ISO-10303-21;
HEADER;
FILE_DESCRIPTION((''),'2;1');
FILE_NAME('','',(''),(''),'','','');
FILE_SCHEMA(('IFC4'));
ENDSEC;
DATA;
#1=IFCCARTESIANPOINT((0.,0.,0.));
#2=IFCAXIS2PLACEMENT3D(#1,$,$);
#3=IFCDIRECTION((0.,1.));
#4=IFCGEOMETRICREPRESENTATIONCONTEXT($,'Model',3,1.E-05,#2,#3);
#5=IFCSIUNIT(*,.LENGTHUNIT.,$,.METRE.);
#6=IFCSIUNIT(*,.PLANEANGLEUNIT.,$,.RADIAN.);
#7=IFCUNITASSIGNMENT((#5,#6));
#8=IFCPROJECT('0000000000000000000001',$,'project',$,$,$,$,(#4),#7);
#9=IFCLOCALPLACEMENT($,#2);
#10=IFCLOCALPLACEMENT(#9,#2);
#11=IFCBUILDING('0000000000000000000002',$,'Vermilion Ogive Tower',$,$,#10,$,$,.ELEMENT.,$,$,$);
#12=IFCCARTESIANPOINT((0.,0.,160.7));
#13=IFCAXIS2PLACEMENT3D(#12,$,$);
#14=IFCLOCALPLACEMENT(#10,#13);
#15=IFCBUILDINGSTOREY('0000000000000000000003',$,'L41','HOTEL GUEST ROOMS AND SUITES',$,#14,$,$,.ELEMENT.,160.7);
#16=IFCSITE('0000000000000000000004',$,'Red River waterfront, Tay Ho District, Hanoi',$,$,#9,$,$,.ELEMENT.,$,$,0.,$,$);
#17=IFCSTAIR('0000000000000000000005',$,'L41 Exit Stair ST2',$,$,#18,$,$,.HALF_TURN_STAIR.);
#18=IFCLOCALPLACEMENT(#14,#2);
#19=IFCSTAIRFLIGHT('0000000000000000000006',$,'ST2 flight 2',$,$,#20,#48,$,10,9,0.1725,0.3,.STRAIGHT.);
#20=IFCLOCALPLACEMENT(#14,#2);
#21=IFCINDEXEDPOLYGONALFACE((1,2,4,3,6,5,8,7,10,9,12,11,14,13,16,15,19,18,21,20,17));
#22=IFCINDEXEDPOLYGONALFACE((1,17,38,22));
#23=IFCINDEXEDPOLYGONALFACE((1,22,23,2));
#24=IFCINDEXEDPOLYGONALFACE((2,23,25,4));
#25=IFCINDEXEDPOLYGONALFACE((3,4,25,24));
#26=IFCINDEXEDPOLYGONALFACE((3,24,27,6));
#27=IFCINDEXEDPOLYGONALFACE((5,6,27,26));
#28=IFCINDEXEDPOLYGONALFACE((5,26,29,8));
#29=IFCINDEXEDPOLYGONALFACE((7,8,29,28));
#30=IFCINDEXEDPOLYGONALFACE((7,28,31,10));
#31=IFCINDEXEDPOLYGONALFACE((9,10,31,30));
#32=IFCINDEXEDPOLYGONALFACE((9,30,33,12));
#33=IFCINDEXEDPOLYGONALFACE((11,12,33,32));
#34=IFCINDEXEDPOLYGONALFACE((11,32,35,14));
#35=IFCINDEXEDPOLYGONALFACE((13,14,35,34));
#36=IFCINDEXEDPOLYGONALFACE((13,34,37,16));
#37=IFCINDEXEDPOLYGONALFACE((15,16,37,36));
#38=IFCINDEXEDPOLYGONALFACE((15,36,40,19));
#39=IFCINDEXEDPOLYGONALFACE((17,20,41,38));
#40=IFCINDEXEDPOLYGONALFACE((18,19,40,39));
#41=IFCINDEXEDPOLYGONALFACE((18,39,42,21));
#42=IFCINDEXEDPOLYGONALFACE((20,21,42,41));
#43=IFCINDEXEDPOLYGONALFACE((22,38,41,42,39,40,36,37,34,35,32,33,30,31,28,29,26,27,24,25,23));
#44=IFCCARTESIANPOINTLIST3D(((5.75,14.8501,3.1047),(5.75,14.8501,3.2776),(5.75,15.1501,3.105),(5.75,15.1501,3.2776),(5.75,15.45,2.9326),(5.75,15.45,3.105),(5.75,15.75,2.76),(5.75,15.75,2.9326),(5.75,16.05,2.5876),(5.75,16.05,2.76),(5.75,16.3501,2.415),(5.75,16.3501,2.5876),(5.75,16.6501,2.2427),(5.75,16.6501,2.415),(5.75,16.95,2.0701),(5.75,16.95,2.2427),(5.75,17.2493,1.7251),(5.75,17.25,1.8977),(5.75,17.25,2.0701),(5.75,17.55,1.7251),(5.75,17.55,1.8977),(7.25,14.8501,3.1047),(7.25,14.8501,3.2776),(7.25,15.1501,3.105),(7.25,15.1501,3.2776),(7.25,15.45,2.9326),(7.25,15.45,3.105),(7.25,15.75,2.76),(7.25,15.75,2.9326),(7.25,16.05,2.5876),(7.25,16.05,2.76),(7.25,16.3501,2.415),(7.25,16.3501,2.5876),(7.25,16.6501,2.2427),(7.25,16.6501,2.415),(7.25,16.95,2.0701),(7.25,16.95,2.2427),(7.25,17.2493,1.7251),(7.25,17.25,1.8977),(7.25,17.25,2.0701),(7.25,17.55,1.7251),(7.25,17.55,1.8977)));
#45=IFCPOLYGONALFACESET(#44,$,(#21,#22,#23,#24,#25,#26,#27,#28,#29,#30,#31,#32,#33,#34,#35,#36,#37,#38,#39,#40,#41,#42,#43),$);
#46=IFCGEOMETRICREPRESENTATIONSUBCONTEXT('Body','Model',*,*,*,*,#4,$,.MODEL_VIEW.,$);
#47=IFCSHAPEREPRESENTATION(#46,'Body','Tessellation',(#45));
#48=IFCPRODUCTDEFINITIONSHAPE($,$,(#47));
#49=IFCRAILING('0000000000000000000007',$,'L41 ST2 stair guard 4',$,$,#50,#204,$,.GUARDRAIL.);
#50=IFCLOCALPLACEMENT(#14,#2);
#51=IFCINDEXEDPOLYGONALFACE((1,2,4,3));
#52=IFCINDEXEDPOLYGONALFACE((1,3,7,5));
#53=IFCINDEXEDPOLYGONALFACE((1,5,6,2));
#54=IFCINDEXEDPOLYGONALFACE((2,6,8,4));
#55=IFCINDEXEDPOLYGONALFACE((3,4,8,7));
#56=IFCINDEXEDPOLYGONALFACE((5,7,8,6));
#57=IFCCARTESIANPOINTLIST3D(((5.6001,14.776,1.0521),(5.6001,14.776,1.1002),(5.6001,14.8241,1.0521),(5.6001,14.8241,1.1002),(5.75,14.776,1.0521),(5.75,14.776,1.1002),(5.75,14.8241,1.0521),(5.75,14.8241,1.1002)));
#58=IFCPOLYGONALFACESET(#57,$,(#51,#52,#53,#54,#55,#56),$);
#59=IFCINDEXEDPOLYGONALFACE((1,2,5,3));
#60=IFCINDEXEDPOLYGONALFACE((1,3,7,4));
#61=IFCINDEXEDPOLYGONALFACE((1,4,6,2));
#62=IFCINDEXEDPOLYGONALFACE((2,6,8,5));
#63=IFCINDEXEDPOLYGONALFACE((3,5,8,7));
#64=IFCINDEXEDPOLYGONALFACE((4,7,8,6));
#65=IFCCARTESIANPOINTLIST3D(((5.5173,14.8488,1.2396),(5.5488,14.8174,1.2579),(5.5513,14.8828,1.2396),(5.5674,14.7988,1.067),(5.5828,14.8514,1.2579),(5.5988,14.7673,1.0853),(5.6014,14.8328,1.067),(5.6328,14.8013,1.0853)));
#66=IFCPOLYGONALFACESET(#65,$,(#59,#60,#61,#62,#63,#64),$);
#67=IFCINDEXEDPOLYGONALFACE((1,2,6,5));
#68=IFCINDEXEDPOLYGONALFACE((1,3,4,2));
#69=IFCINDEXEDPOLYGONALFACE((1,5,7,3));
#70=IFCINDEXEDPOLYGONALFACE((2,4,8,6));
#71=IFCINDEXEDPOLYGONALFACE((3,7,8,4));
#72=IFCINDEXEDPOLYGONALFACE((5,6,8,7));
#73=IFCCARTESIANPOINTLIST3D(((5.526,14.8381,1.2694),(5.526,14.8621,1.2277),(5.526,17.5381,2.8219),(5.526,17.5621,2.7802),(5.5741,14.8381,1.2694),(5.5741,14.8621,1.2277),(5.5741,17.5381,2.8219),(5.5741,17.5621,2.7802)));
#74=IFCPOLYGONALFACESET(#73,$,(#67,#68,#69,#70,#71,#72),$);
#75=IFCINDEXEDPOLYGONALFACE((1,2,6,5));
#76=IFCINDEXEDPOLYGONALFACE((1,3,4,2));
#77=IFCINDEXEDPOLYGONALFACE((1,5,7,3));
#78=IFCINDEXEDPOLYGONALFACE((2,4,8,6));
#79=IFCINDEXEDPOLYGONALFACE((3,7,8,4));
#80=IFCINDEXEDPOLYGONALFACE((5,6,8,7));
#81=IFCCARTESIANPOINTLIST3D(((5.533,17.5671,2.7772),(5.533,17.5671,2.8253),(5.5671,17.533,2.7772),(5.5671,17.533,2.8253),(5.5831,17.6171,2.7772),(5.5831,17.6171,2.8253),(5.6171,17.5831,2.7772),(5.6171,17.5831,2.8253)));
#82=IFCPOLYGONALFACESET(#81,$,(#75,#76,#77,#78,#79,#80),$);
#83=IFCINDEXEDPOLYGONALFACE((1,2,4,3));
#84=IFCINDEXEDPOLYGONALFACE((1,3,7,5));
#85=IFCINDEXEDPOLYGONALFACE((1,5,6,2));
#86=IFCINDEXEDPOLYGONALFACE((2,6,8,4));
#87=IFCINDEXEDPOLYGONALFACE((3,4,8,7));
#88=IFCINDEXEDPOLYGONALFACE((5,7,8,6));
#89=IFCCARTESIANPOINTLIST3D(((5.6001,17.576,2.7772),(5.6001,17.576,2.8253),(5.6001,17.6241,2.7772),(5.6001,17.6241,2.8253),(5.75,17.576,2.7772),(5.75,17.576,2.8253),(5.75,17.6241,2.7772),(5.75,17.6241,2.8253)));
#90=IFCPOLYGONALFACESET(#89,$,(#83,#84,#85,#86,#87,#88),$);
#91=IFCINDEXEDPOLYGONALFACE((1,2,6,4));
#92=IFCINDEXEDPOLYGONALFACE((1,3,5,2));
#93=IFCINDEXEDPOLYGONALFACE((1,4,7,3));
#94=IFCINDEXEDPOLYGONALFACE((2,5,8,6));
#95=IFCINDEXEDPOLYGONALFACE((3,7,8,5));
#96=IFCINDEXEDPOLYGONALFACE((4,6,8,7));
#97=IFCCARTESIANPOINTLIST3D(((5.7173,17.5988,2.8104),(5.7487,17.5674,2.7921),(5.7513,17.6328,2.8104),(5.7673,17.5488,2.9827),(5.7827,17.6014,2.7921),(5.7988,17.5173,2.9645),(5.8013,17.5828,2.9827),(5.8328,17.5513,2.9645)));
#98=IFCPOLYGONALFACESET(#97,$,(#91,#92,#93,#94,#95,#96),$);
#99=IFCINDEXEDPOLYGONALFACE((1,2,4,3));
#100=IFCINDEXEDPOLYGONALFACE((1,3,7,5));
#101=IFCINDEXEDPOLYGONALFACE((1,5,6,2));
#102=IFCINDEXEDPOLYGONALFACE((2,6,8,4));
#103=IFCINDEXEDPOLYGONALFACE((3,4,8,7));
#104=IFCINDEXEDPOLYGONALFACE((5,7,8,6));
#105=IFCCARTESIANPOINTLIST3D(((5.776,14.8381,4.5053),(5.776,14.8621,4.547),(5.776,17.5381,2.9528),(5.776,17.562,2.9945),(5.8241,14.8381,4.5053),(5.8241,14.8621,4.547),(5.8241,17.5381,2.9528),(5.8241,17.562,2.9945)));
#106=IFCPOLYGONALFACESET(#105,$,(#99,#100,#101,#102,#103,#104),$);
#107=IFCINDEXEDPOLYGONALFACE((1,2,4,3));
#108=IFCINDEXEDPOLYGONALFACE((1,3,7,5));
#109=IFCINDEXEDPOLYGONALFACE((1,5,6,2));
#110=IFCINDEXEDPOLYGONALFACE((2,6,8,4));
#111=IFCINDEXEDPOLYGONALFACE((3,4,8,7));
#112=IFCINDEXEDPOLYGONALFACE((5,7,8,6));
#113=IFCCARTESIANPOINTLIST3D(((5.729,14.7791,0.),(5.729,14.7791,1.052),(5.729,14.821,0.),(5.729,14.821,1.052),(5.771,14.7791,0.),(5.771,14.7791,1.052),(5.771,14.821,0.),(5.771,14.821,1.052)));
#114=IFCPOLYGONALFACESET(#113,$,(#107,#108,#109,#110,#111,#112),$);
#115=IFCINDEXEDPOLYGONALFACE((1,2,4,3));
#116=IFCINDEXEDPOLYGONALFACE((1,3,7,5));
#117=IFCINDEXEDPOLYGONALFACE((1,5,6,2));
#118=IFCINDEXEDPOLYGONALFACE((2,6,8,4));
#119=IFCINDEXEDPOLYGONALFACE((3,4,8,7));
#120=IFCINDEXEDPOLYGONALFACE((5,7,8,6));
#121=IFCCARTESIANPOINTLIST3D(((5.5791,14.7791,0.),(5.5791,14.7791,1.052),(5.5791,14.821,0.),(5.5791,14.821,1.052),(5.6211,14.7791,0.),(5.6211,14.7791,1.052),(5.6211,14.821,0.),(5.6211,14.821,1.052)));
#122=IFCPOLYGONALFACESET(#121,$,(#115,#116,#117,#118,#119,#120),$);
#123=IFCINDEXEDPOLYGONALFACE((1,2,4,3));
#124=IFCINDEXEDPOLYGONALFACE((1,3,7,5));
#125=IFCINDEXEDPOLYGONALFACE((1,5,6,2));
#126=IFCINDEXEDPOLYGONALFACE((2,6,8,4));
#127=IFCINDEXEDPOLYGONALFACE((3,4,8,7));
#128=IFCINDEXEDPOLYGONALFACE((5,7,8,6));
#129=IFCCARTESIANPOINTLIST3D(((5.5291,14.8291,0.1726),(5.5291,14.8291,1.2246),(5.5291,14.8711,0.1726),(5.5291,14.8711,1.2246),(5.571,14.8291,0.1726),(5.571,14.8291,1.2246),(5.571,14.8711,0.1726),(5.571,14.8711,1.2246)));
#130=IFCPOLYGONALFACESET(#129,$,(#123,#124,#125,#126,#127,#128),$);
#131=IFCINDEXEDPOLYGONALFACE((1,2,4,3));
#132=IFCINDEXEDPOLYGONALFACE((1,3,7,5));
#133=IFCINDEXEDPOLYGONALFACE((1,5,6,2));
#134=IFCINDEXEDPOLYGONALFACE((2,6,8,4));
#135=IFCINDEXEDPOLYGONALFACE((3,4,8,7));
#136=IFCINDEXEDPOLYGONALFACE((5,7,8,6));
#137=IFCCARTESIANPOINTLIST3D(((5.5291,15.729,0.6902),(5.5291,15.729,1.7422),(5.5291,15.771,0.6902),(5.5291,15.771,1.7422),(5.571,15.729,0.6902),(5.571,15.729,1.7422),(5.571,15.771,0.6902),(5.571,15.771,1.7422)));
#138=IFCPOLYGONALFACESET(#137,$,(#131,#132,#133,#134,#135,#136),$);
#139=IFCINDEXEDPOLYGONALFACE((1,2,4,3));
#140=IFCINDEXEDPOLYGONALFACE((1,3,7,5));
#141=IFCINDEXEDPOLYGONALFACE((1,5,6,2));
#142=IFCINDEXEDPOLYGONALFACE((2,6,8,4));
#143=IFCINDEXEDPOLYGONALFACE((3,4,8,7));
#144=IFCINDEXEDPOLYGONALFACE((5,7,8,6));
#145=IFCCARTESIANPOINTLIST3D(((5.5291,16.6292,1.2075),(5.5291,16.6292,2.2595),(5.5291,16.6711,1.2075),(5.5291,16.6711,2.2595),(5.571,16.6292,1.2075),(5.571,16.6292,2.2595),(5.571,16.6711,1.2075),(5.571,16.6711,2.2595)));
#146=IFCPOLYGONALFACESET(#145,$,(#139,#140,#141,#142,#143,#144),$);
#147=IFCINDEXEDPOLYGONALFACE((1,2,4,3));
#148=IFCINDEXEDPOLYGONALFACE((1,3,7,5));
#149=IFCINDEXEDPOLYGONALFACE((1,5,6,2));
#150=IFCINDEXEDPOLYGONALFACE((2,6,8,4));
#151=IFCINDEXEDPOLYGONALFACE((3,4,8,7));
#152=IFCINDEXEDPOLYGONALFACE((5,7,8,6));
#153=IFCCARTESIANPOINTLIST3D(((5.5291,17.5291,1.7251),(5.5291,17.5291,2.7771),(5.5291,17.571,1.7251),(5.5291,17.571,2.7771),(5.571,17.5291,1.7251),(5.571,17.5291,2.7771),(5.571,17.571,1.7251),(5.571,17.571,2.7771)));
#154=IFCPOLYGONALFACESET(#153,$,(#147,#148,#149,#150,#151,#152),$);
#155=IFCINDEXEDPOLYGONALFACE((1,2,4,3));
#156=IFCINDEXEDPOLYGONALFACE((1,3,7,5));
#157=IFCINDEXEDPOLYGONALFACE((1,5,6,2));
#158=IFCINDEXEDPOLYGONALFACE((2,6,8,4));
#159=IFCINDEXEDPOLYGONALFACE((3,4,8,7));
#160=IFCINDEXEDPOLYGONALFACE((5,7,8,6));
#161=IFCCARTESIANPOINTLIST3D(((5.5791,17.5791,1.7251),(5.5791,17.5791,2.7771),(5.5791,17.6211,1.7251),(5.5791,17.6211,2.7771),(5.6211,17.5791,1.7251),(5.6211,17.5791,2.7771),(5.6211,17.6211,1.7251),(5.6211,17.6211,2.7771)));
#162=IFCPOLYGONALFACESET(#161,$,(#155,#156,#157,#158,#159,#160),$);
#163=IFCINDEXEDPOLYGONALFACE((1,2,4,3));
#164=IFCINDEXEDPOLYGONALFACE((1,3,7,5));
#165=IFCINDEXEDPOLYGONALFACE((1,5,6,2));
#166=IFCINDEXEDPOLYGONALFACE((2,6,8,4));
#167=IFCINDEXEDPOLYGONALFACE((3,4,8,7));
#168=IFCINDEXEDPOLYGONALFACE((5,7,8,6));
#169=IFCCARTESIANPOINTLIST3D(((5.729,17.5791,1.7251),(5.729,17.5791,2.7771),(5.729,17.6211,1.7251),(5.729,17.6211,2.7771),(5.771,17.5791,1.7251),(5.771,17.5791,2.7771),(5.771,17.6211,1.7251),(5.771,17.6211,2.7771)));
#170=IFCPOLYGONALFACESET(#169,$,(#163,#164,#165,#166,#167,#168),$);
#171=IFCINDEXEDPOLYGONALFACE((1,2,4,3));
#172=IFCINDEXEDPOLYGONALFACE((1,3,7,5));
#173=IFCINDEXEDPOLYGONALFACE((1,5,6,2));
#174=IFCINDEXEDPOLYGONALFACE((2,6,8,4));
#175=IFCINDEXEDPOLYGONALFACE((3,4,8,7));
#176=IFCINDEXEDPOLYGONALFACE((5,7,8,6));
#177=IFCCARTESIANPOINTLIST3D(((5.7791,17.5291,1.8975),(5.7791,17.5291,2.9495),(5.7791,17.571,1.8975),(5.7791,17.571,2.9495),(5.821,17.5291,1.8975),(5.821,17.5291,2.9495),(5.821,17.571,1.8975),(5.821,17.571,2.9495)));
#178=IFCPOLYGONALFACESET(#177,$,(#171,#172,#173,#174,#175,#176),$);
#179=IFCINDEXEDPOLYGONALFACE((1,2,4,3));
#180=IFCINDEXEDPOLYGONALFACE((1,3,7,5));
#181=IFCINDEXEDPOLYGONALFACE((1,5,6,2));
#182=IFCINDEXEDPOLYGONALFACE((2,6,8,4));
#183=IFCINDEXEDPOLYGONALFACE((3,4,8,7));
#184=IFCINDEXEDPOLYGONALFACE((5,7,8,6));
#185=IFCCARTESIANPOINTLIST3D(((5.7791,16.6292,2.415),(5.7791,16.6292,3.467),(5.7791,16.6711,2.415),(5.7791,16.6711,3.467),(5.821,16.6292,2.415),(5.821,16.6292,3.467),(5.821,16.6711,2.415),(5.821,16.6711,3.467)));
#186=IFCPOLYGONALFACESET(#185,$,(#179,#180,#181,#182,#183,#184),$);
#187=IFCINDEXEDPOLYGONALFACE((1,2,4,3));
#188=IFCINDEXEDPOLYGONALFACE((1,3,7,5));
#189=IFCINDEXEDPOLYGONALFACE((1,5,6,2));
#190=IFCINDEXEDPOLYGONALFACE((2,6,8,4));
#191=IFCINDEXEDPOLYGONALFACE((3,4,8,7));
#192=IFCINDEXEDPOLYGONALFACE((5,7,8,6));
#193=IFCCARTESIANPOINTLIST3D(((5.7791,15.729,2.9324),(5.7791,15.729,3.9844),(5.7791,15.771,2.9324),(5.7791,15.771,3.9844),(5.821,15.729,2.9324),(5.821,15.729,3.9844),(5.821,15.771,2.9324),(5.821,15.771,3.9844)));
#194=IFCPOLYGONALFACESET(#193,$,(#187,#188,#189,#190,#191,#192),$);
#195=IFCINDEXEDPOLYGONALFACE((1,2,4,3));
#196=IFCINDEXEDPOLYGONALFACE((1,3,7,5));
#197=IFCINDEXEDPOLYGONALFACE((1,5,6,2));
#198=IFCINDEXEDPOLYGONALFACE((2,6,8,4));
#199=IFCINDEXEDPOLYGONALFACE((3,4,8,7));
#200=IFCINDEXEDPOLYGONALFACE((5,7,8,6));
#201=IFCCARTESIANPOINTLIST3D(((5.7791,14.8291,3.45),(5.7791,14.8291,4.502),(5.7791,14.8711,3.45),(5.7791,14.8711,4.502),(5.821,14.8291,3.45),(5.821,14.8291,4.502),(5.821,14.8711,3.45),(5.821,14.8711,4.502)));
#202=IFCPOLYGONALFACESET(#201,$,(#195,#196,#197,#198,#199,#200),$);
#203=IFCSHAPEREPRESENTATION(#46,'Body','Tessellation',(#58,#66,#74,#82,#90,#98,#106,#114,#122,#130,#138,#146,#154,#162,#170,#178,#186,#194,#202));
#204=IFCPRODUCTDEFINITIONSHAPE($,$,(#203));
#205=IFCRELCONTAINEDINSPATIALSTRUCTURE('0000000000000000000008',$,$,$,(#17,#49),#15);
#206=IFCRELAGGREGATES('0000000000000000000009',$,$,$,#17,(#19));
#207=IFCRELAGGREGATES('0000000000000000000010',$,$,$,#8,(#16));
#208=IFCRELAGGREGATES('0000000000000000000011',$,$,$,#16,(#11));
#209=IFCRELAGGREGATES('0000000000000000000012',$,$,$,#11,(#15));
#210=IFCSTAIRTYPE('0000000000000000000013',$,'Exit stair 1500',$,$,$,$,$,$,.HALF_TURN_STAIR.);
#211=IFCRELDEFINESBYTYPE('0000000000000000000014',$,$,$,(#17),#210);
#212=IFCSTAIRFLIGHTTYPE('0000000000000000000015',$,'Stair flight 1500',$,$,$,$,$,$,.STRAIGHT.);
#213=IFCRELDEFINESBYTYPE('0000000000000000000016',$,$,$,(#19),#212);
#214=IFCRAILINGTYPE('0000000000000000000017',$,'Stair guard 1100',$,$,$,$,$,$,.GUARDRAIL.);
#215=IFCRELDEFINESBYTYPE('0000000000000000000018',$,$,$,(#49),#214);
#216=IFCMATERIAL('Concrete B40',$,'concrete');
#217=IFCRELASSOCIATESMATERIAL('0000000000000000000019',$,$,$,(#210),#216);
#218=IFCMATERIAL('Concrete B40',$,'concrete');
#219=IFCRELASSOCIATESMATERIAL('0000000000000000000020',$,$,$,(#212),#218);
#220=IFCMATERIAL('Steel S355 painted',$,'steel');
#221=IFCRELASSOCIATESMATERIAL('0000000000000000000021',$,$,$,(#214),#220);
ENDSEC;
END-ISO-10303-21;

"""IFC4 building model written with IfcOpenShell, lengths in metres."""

from ifc_helpers import new_model, si_unit, direction, frame, origin, origin_2d, place, context, subcontext, project, spatial, polyline, rectangle, outline, extrude, material, type_object, element, aggregate, save


model = new_model("IFC4")

# Units and contexts
model_context = context("Model", 3, precision=1e-05, world=origin(), true_north=direction((0.0, 1.0)))
body_context = subcontext(model_context, "Body", "Model", "MODEL_VIEW")
ifc_project = project(units=[si_unit("LENGTHUNIT", "METRE"), si_unit("PLANEANGLEUNIT", "RADIAN")], contexts=[model_context])

# Site, building, storey
site_placement = place(None, origin())
site = spatial("IfcSite", under=ifc_project, at=site_placement, Name="Red River waterfront, Tay Ho District, Hanoi", CompositionType="ELEMENT", RefElevation=0.0)
building_placement = place(site_placement, origin())
building = spatial("IfcBuilding", under=site, at=building_placement, Name="Vermilion Ogive Tower", CompositionType="ELEMENT")
storey_placement = place(building_placement, frame((0.0, 0.0, 160.7)))
storey = spatial("IfcBuildingStorey", under=building, at=storey_placement, Name="L41", Description="HOTEL GUEST ROOMS AND SUITES", CompositionType="ELEMENT", Elevation=160.7)

# Stair, stair flight
ifc_material_1 = material(Name="Concrete B40", Category="concrete")
stair_type = type_object("IfcStairType", Name="Exit stair 1500", PredefinedType="HALF_TURN_STAIR", material=ifc_material_1)
stair_placement = place(storey_placement, origin())
stair = element("IfcStair", 1, at=stair_placement, inside=storey, type_object=stair_type, Name="L41 Exit Stair ST2", PredefinedType="HALF_TURN_STAIR")
ifc_material_2 = material(Name="Concrete B40", Category="concrete")
stair_flight_type = type_object("IfcStairFlightType", Name="Stair flight 1500", PredefinedType="STRAIGHT", material=ifc_material_2)
stair_flight_1_placement = place(storey_placement, frame((6.5, 17.55, 1.7251), z_axis=(0.0, 0.0, 1.0), x_axis=(0.0, -1.0, 0.0)))
stair_flight_1 = element("IfcStairFlight", 2, at=stair_flight_1_placement, type_object=stair_flight_type, Name="ST2 flight 2", NumberOfRisers=10, NumberOfTreads=9, PredefinedType="STRAIGHT", RiserHeight=0.1725, TreadLength=0.3, context=body_context, shape_type="SweptSolid", body=[
    extrude(outline(polyline([(0.0, 0.0), (0.0, 0.1726), (0.3, 0.1726), (0.3, 0.345), (0.6001, 0.345), (0.6001, 0.5176), (0.8999, 0.5176), (0.8999, 0.6899), (1.2, 0.6899), (1.2, 0.8625), (1.5, 0.8625), (1.5, 1.0349), (1.8, 1.0349), (1.8, 1.2075), (2.1001, 1.2075), (2.1001, 1.3799), (2.3999, 1.3799), (2.3999, 1.5525), (2.7, 1.5525), (2.7, 1.7251), (2.7, 1.3796), (0.3008, 0.0), (0.0, 0.0)])), frame((0.0, 0.75, 0.0), z_axis=(0.0, -1.0, 0.0), x_axis=(1.0, 0.0, 0.0)), (0.0, 0.0, 1.0), 1.5),
])
aggregate(stair, [stair_flight_1])

# Railing
ifc_material_3 = material(Name="Steel S355 painted", Category="steel")
railing_type_1 = type_object("IfcRailingType", Name="Stair guard 1100", PredefinedType="GUARDRAIL", material=ifc_material_3)
railing_1_placement = place(storey_placement, frame((5.75, 14.8, 0.0)))
element("IfcRailing", 3, at=railing_1_placement, inside=storey, type_object=railing_type_1, Name="L41 ST2 stair guard 4", PredefinedType="GUARDRAIL", context=body_context, shape_type="SweptSolid", body=[
    extrude(rectangle(XDim=0.0481, YDim=0.0481, at=origin_2d()), frame((0.0, 0.0, 1.0762), z_axis=(-1.0, 0.0, 0.0), x_axis=(0.0, -1.0, 0.0)), (0.0, 0.0, 1.0), 0.1499),
    extrude(rectangle(XDim=0.0481, YDim=0.0481, at=origin_2d()), frame((-0.1499, 0.0, 1.0762), z_axis=(-0.268278, 0.268278, 0.925232), x_axis=(-0.707107, -0.707107, 0.0)), (0.0, 0.0, 1.0), 0.1865),
    extrude(rectangle(XDim=0.0481, YDim=0.0481, at=origin_2d()), frame((-0.2, 0.05, 1.2485), z_axis=(0.0, 0.866904, 0.498476), x_axis=(-1.0, 0.0, 0.0)), (0.0, 0.0, 1.0), 3.1145),
    extrude(rectangle(XDim=0.0481, YDim=0.0481, at=origin_2d()), frame((-0.2, 2.75, 2.8013), z_axis=(0.707107, 0.707107, 0.0), x_axis=(-0.707107, 0.707107, 0.0)), (0.0, 0.0, 1.0), 0.0708),
    extrude(rectangle(XDim=0.0481, YDim=0.0481, at=origin_2d()), frame((-0.1499, 2.8, 2.8013), z_axis=(1.0, 0.0, 0.0), x_axis=(0.0, 1.0, 0.0)), (0.0, 0.0, 1.0), 0.1499),
    extrude(rectangle(XDim=0.0481, YDim=0.0481, at=origin_2d()), frame((0.0, 2.8, 2.8013), z_axis=(0.268603, -0.268603, 0.925043), x_axis=(0.707107, 0.707107, 0.0)), (0.0, 0.0, 1.0), 0.1863),
    extrude(rectangle(XDim=0.0481, YDim=0.0481, at=origin_2d()), frame((0.05, 2.75, 2.9736), z_axis=(0.0, -0.866904, 0.498476), x_axis=(1.0, 0.0, 0.0)), (0.0, 0.0, 1.0), 3.1145),
    extrude(rectangle(XDim=0.042, YDim=0.042, at=origin_2d()), origin(), (0.0, 0.0, 1.0), 1.052),
    extrude(rectangle(XDim=0.042, YDim=0.042, at=origin_2d()), frame((-0.1499, 0.0, 0.0)), (0.0, 0.0, 1.0), 1.052),
    extrude(rectangle(XDim=0.042, YDim=0.042, at=origin_2d()), frame((-0.2, 0.05, 0.1726)), (0.0, 0.0, 1.0), 1.052),
    extrude(rectangle(XDim=0.042, YDim=0.042, at=origin_2d()), frame((-0.2, 0.95, 0.6902)), (0.0, 0.0, 1.0), 1.052),
    extrude(rectangle(XDim=0.042, YDim=0.042, at=origin_2d()), frame((-0.2, 1.8501, 1.2075)), (0.0, 0.0, 1.0), 1.052),
    extrude(rectangle(XDim=0.042, YDim=0.042, at=origin_2d()), frame((-0.2, 2.75, 1.7251)), (0.0, 0.0, 1.0), 1.052),
    extrude(rectangle(XDim=0.042, YDim=0.042, at=origin_2d()), frame((-0.1499, 2.8, 1.7251)), (0.0, 0.0, 1.0), 1.052),
    extrude(rectangle(XDim=0.042, YDim=0.042, at=origin_2d()), frame((0.0, 2.8, 1.7251)), (0.0, 0.0, 1.0), 1.052),
    extrude(rectangle(XDim=0.042, YDim=0.042, at=origin_2d()), frame((0.05, 2.75, 1.8975)), (0.0, 0.0, 1.0), 1.052),
    extrude(rectangle(XDim=0.042, YDim=0.042, at=origin_2d()), frame((0.05, 1.8501, 2.415)), (0.0, 0.0, 1.0), 1.052),
    extrude(rectangle(XDim=0.042, YDim=0.042, at=origin_2d()), frame((0.05, 0.95, 2.9324)), (0.0, 0.0, 1.0), 1.052),
    extrude(rectangle(XDim=0.042, YDim=0.042, at=origin_2d()), frame((0.05, 0.05, 3.45)), (0.0, 0.0, 1.0), 1.052),
])

save(model, "model.ifc")
